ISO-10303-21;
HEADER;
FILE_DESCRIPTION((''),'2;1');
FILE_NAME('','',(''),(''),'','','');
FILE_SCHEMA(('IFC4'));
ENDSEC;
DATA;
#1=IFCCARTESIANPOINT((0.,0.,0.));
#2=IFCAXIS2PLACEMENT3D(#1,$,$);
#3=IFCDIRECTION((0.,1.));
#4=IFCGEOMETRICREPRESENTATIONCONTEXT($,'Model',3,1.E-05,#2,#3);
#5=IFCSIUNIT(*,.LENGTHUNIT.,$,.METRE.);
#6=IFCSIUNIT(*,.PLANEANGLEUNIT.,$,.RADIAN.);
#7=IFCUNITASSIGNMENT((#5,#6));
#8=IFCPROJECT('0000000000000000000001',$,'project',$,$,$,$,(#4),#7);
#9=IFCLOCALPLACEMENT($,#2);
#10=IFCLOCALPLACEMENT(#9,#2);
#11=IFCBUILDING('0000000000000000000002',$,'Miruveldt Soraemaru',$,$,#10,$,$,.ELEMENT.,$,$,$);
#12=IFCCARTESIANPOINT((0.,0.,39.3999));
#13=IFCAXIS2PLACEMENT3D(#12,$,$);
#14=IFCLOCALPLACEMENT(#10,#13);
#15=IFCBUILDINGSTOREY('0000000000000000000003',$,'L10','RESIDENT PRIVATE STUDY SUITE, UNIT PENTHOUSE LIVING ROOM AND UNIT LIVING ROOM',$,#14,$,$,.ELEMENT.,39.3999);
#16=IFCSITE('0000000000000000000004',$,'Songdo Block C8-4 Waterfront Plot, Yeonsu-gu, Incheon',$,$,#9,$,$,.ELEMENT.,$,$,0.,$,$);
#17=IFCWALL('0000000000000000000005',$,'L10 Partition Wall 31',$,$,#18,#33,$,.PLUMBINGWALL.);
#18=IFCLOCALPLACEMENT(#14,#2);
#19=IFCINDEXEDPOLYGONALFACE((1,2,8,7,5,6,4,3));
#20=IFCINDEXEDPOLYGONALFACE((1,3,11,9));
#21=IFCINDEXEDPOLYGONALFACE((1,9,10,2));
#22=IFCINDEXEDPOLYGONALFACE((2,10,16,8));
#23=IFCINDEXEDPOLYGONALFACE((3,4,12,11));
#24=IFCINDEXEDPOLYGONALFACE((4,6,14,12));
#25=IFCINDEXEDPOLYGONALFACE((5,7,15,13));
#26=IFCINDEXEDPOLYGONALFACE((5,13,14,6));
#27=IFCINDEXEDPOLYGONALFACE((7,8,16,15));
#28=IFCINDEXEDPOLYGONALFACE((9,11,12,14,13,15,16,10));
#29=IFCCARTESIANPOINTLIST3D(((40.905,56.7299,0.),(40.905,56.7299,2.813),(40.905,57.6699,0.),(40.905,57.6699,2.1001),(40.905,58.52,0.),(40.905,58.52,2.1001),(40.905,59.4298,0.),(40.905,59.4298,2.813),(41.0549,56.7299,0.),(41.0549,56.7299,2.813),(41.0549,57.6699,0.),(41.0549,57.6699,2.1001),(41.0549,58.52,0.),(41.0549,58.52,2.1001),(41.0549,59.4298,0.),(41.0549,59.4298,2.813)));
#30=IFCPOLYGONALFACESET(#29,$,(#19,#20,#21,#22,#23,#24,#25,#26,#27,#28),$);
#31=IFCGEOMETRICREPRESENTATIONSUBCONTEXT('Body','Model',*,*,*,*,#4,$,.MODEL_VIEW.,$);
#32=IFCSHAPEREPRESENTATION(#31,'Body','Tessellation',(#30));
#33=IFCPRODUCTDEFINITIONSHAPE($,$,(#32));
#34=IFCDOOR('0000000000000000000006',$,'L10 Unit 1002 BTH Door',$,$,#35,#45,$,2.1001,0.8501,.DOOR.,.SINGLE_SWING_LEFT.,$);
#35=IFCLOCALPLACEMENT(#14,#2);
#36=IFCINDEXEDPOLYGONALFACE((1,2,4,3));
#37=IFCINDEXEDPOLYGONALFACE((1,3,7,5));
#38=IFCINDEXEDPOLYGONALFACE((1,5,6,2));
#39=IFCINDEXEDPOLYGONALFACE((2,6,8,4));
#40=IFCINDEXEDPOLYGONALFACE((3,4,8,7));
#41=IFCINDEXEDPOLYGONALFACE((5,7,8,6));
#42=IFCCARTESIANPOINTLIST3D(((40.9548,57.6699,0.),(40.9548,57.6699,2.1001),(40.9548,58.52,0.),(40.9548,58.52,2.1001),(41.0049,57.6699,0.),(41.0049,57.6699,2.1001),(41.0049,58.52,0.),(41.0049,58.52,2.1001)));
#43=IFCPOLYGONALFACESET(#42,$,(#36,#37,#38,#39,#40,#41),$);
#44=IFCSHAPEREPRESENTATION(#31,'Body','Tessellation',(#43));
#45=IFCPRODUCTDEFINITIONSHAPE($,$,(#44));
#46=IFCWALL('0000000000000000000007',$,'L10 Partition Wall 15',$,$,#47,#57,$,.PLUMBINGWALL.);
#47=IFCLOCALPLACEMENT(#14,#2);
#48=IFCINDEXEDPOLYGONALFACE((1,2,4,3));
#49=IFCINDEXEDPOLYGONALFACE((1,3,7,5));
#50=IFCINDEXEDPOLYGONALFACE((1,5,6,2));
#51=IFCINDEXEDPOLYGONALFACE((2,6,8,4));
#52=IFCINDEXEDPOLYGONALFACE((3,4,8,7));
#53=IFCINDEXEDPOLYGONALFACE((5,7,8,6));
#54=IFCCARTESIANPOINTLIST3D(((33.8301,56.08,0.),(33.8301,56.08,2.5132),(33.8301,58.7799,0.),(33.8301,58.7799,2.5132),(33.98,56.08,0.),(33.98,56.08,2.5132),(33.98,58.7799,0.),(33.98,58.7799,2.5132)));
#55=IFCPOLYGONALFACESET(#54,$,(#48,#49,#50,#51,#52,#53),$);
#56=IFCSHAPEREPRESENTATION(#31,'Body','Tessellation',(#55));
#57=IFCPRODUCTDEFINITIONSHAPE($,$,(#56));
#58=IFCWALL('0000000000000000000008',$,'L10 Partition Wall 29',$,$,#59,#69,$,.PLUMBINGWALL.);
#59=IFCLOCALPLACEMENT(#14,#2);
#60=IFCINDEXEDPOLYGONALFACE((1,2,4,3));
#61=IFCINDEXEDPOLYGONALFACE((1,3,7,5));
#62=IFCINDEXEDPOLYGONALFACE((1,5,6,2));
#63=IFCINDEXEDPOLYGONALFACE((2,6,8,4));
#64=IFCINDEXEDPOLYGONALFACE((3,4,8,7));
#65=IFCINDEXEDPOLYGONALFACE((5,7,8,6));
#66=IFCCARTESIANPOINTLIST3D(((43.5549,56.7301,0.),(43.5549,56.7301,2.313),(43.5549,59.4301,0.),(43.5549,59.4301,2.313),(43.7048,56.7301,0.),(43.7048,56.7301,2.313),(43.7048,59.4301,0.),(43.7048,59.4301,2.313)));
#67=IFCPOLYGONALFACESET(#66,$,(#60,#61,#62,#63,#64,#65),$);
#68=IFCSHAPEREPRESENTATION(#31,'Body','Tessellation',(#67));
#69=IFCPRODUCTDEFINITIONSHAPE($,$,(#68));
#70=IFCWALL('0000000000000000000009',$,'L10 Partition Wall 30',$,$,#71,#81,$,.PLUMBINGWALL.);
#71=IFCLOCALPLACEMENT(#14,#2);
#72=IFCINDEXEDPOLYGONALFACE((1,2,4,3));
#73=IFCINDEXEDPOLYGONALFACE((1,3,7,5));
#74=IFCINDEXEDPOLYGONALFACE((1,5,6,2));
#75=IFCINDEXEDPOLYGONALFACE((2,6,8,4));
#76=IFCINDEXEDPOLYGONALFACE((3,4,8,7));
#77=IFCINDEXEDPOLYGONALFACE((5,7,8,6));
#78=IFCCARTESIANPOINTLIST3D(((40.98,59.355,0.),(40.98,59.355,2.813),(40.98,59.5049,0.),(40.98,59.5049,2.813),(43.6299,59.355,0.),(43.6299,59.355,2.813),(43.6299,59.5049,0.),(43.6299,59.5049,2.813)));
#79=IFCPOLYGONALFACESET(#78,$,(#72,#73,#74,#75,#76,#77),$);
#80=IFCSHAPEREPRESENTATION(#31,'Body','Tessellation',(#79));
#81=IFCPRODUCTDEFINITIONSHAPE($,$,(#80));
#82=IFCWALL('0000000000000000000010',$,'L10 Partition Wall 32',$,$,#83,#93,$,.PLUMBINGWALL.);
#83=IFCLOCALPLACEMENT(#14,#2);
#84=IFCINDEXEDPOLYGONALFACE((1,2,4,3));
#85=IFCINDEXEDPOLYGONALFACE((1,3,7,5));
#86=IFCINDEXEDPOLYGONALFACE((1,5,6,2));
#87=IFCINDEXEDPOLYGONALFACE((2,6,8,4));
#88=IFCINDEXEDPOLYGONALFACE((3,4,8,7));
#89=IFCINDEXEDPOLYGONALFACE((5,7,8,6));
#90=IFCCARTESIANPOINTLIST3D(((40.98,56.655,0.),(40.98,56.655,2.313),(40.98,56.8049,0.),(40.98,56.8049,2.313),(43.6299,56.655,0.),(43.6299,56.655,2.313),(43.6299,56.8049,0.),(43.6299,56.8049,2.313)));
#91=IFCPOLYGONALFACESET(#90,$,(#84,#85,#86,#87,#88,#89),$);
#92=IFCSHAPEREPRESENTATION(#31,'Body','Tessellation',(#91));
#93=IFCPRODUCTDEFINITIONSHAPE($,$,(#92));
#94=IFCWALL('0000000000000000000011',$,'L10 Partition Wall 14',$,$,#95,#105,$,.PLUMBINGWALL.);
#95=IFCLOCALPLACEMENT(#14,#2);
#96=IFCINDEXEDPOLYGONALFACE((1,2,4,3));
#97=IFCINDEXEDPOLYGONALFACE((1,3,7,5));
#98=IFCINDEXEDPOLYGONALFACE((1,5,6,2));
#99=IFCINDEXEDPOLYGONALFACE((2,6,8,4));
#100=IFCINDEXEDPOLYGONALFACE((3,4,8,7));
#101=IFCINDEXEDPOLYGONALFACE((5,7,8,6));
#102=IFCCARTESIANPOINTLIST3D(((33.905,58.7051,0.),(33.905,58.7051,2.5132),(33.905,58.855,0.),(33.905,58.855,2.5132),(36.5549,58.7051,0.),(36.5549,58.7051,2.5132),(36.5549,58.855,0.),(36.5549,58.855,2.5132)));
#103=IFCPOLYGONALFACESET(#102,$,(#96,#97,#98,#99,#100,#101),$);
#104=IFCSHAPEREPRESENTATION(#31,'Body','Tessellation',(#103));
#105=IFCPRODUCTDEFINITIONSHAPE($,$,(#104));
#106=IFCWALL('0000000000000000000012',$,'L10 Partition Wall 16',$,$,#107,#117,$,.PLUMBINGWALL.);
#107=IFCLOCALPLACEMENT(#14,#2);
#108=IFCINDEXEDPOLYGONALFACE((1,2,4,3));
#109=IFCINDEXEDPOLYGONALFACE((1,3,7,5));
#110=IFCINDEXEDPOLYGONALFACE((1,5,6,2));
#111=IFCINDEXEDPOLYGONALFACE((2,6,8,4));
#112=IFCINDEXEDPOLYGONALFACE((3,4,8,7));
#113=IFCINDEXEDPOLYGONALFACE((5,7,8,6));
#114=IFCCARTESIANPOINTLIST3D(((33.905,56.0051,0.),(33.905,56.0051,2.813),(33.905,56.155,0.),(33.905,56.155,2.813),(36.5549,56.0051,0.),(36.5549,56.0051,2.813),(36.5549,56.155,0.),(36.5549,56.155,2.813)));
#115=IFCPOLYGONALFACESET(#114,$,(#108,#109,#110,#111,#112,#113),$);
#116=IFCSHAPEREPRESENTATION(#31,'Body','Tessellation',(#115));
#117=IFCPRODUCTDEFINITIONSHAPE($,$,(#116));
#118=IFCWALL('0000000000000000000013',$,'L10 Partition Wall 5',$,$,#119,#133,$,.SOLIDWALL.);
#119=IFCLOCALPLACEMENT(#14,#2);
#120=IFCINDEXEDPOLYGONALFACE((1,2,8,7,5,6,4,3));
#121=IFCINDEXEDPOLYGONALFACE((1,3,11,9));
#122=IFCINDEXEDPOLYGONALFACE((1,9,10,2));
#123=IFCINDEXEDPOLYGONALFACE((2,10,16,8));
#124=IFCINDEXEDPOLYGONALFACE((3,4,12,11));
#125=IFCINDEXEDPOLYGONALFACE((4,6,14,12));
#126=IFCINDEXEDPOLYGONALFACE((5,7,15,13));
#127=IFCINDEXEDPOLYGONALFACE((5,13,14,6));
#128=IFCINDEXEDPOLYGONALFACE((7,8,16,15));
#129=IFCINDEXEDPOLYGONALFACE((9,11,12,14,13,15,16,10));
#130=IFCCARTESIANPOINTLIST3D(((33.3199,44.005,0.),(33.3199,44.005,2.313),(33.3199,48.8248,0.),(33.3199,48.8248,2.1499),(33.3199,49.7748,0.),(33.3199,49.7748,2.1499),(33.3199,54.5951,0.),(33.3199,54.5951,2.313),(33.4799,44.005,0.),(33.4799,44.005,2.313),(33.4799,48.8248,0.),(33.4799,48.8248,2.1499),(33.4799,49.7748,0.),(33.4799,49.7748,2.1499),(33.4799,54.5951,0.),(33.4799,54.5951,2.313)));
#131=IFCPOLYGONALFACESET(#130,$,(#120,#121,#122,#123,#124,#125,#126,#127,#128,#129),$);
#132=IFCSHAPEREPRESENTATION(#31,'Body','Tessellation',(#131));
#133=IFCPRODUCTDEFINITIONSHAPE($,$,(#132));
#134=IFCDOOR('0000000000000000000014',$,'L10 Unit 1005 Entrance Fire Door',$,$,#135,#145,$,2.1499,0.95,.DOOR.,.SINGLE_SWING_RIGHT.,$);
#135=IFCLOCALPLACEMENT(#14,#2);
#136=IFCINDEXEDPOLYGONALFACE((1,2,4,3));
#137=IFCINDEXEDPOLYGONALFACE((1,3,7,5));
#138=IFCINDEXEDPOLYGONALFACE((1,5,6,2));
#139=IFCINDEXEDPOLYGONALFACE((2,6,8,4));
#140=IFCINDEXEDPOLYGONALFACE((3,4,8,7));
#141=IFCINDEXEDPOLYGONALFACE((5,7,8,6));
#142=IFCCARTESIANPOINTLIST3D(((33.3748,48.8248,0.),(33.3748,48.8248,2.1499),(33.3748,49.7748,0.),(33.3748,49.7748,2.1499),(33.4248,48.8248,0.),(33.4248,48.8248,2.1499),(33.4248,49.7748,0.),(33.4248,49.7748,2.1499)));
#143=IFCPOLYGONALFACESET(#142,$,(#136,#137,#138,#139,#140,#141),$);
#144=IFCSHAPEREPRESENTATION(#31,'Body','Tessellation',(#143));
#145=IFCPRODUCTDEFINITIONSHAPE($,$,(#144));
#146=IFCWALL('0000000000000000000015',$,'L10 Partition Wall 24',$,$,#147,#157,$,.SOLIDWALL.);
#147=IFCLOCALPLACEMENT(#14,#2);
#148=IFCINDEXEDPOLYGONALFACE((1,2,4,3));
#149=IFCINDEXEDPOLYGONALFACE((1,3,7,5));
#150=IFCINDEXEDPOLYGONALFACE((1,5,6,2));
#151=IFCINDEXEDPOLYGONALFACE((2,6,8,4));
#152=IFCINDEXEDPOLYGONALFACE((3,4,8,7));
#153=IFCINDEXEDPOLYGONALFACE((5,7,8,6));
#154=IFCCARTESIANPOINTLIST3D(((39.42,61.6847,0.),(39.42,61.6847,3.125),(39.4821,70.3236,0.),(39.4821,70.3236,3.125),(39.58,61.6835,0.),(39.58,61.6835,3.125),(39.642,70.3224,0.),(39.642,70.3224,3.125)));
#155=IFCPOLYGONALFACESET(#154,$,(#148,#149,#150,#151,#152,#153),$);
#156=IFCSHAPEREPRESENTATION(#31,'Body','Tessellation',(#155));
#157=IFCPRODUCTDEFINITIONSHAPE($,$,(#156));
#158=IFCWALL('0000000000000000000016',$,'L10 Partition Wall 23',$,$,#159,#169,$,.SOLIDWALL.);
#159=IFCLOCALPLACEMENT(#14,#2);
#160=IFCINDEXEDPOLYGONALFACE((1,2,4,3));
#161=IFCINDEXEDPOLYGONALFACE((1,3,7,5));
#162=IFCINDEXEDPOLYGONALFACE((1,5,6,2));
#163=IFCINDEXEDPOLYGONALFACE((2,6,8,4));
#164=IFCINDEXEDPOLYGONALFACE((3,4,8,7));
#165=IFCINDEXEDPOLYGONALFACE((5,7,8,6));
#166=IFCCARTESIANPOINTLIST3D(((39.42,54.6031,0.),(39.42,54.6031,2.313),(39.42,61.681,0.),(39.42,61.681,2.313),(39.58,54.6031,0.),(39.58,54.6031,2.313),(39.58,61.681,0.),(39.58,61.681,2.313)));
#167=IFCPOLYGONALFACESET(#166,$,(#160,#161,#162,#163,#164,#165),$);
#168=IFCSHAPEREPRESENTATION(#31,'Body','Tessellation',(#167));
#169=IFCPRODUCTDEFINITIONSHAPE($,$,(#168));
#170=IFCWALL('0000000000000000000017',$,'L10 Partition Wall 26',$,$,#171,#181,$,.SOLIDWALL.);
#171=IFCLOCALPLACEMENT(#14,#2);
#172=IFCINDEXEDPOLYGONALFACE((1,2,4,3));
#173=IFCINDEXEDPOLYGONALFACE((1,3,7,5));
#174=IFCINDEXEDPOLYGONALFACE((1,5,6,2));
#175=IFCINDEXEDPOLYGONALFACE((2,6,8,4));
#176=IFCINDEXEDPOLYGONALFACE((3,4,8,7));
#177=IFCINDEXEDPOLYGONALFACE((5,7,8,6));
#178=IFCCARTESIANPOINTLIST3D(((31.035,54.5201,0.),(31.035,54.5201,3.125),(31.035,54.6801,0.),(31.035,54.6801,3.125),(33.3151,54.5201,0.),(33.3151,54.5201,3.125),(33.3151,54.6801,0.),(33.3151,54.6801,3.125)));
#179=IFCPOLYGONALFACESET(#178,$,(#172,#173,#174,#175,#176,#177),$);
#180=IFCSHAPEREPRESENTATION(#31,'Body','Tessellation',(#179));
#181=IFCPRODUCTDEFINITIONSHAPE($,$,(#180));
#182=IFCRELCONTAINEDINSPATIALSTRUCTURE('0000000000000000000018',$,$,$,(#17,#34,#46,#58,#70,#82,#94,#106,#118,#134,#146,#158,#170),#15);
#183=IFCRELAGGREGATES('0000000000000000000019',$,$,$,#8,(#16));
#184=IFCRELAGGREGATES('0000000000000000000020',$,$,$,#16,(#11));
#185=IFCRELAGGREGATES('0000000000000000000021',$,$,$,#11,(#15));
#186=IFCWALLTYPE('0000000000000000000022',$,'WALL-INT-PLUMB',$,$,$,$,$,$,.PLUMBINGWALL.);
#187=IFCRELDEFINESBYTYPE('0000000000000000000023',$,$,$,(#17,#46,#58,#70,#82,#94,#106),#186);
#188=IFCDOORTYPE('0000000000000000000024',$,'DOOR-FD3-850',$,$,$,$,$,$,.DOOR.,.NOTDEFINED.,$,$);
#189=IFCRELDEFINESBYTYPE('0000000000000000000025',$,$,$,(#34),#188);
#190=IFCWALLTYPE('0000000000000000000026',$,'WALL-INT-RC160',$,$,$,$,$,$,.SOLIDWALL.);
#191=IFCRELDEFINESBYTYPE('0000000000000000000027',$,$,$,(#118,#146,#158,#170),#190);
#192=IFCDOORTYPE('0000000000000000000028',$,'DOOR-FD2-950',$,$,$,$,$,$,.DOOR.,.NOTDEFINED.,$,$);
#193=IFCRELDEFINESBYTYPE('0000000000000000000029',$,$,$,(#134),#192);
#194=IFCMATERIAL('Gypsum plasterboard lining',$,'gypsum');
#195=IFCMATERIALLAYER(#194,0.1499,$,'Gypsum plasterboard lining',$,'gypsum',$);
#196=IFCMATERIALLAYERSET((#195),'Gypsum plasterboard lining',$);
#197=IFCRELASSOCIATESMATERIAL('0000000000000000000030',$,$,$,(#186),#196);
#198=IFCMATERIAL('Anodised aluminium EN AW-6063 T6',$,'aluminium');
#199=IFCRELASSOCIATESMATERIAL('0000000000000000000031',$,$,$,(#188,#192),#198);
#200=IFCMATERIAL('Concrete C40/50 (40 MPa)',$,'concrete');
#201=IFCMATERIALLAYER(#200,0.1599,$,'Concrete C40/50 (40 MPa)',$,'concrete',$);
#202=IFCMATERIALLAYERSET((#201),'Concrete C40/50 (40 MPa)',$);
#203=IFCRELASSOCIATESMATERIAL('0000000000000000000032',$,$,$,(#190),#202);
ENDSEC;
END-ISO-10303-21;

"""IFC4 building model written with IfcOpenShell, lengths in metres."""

from ifc_helpers import new_model, si_unit, direction, frame, frame_2d, origin, place, context, subcontext, project, spatial, rectangle, extrude, material, layer, layer_set, type_object, element, fill, save


model = new_model("IFC4")

# Units and contexts
model_context = context("Model", 3, precision=1e-05, world=origin(), true_north=direction((0.0, 1.0)))
body_context = subcontext(model_context, "Body", "Model", "MODEL_VIEW")
ifc_project = project(units=[si_unit("LENGTHUNIT", "METRE"), si_unit("PLANEANGLEUNIT", "RADIAN")], contexts=[model_context])

# Site, building, storey
site_placement = place(None, origin())
site = spatial("IfcSite", under=ifc_project, at=site_placement, Name="Songdo Block C8-4 Waterfront Plot, Yeonsu-gu, Incheon", CompositionType="ELEMENT", RefElevation=0.0)
building_placement = place(site_placement, origin())
building = spatial("IfcBuilding", under=site, at=building_placement, Name="Miruveldt Soraemaru", CompositionType="ELEMENT")
storey_placement = place(building_placement, frame((0.0, 0.0, 39.3999)))
storey = spatial("IfcBuildingStorey", under=building, at=storey_placement, Name="L10", Description="RESIDENT PRIVATE STUDY SUITE, UNIT PENTHOUSE LIVING ROOM AND UNIT LIVING ROOM", CompositionType="ELEMENT", Elevation=39.3999)

# Shared definitions
ifc_material_1 = material(Name="Anodised aluminium EN AW-6063 T6", Category="aluminium")

# Shared definitions
ifc_material_2 = material(Name="Gypsum plasterboard lining", Category="gypsum")

# Wall, opening, door
ifc_layer_1 = layer(ifc_material_2, 0.1499, Name="Gypsum plasterboard lining", Category="gypsum")
ifc_layer_set_1 = layer_set([ifc_layer_1], Name="Gypsum plasterboard lining")
wall_type_1 = type_object("IfcWallType", Name="WALL-INT-PLUMB", PredefinedType="PLUMBINGWALL", material=ifc_layer_set_1)
door_type_1 = type_object("IfcDoorType", Name="DOOR-FD3-850", OperationType="NOTDEFINED", PredefinedType="DOOR", material=ifc_material_1)
wall_1_placement = place(storey_placement, frame((40.98, 59.4299, 0.0), z_axis=(0.0, 0.0, 1.0), x_axis=(0.0, -1.0, 0.0)))
wall_1 = element("IfcWall", 1, at=wall_1_placement, inside=storey, type_object=wall_type_1, Name="L10 Partition Wall 31", PredefinedType="PLUMBINGWALL", context=body_context, shape_type="SweptSolid", body=[
    extrude(rectangle(XDim=2.7, YDim=0.1499, at=frame_2d((1.3501, 0.0))), origin(), (0.0, 0.0, 1.0), 2.813),
])
opening_1_placement = place(wall_1_placement, frame((0.9099, 0.0, 0.0)))
opening_1 = element("IfcOpeningElement", 2, at=opening_1_placement, cuts=wall_1, PredefinedType="OPENING", context=body_context, shape_type="SweptSolid", body=[
    extrude(rectangle(XDim=0.8501, YDim=2.1001, at=frame_2d((0.425, 1.05))), frame((0.0, 0.085, 0.0), z_axis=(0.0, -1.0, 0.0), x_axis=(1.0, 0.0, 0.0)), (0.0, 0.0, 1.0), 0.1699),
])
door_1_placement = place(opening_1_placement, origin())
door_1 = element("IfcDoor", 3, at=door_1_placement, inside=storey, type_object=door_type_1, Name="L10 Unit 1002 BTH Door", OperationType="SINGLE_SWING_LEFT", OverallHeight=2.1001, OverallWidth=0.8501, PredefinedType="DOOR", context=body_context, shape_type="SweptSolid", body=[
    extrude(rectangle(XDim=0.8501, YDim=2.1001, at=frame_2d((0.425, 1.05))), frame((0.0, 0.0249, 0.0), z_axis=(0.0, -1.0, 0.0), x_axis=(1.0, 0.0, 0.0)), (0.0, 0.0, 1.0), 0.05),
])
fill(opening_1, door_1)

# Walls
wall_2_placement = place(storey_placement, frame((33.905, 58.78, 0.0), z_axis=(0.0, 0.0, 1.0), x_axis=(0.0, -1.0, 0.0)))
element("IfcWall", 4, at=wall_2_placement, inside=storey, type_object=wall_type_1, Name="L10 Partition Wall 15", PredefinedType="PLUMBINGWALL", context=body_context, shape_type="SweptSolid", body=[
    extrude(rectangle(XDim=2.7, YDim=0.1499, at=frame_2d((1.3501, 0.0))), origin(), (0.0, 0.0, 1.0), 2.5132),
])
wall_3_placement = place(storey_placement, frame((43.6299, 56.73, 0.0), z_axis=(0.0, 0.0, 1.0), x_axis=(0.0, 1.0, 0.0)))
element("IfcWall", 5, at=wall_3_placement, inside=storey, type_object=wall_type_1, Name="L10 Partition Wall 29", PredefinedType="PLUMBINGWALL", context=body_context, shape_type="SweptSolid", body=[
    extrude(rectangle(XDim=2.7, YDim=0.1499, at=frame_2d((1.3501, 0.0))), origin(), (0.0, 0.0, 1.0), 2.313),
])
wall_4_placement = place(storey_placement, frame((43.6299, 59.4299, 0.0), z_axis=(0.0, 0.0, 1.0), x_axis=(-1.0, 0.0, 0.0)))
element("IfcWall", 6, at=wall_4_placement, inside=storey, type_object=wall_type_1, Name="L10 Partition Wall 30", PredefinedType="PLUMBINGWALL", context=body_context, shape_type="SweptSolid", body=[
    extrude(rectangle(XDim=2.6499, YDim=0.1499, at=frame_2d((1.325, 0.0))), origin(), (0.0, 0.0, 1.0), 2.813),
])
wall_5_placement = place(storey_placement, frame((40.98, 56.73, 0.0), z_axis=(0.0, 0.0, 1.0), x_axis=(1.0, 0.0, 0.0)))
element("IfcWall", 7, at=wall_5_placement, inside=storey, type_object=wall_type_1, Name="L10 Partition Wall 32", PredefinedType="PLUMBINGWALL", context=body_context, shape_type="SweptSolid", body=[
    extrude(rectangle(XDim=2.6499, YDim=0.1499, at=frame_2d((1.325, 0.0))), origin(), (0.0, 0.0, 1.0), 2.313),
])
wall_6_placement = place(storey_placement, frame((36.5549, 58.78, 0.0), z_axis=(0.0, 0.0, 1.0), x_axis=(-1.0, 0.0, 0.0)))
element("IfcWall", 8, at=wall_6_placement, inside=storey, type_object=wall_type_1, Name="L10 Partition Wall 14", PredefinedType="PLUMBINGWALL", context=body_context, shape_type="SweptSolid", body=[
    extrude(rectangle(XDim=2.6499, YDim=0.1499, at=frame_2d((1.325, 0.0))), origin(), (0.0, 0.0, 1.0), 2.5132),
])
wall_7_placement = place(storey_placement, frame((33.905, 56.0801, 0.0), z_axis=(0.0, 0.0, 1.0), x_axis=(1.0, 0.0, 0.0)))
element("IfcWall", 9, at=wall_7_placement, inside=storey, type_object=wall_type_1, Name="L10 Partition Wall 16", PredefinedType="PLUMBINGWALL", context=body_context, shape_type="SweptSolid", body=[
    extrude(rectangle(XDim=2.6499, YDim=0.1499, at=frame_2d((1.325, 0.0))), origin(), (0.0, 0.0, 1.0), 2.813),
])

# Wall, opening, door
ifc_material_3 = material(Name="Concrete C40/50 (40 MPa)", Category="concrete")
ifc_layer_2 = layer(ifc_material_3, 0.1599, Name="Concrete C40/50 (40 MPa)", Category="concrete")
ifc_layer_set_2 = layer_set([ifc_layer_2], Name="Concrete C40/50 (40 MPa)")
wall_type_2 = type_object("IfcWallType", Name="WALL-INT-RC160", PredefinedType="SOLIDWALL", material=ifc_layer_set_2)
wall_8_placement = place(storey_placement, frame((33.3999, 54.595, 0.0), z_axis=(0.0, 0.0, 1.0), x_axis=(0.0, -1.0, 0.0)))
wall_8 = element("IfcWall", 10, at=wall_8_placement, inside=storey, type_object=wall_type_2, Name="L10 Partition Wall 5", PredefinedType="SOLIDWALL", context=body_context, shape_type="SweptSolid", body=[
    extrude(rectangle(XDim=10.5901, YDim=0.1599, at=frame_2d((5.2949, 0.0))), origin(), (0.0, 0.0, 1.0), 2.313),
])
opening_2_placement = place(wall_8_placement, frame((4.8201, 0.0, 0.0)))
opening_2 = element("IfcOpeningElement", 11, at=opening_2_placement, cuts=wall_8, PredefinedType="OPENING", context=body_context, shape_type="SweptSolid", body=[
    extrude(rectangle(XDim=0.95, YDim=2.1499, at=frame_2d((0.4751, 1.075))), frame((0.0, 0.0898, 0.0), z_axis=(0.0, -1.0, 0.0), x_axis=(1.0, 0.0, 0.0)), (0.0, 0.0, 1.0), 0.1799),
])
door_type_2 = type_object("IfcDoorType", Name="DOOR-FD2-950", OperationType="NOTDEFINED", PredefinedType="DOOR", material=ifc_material_1)
door_2_placement = place(opening_2_placement, origin())
door_2 = element("IfcDoor", 12, at=door_2_placement, inside=storey, type_object=door_type_2, Name="L10 Unit 1005 Entrance Fire Door", OperationType="SINGLE_SWING_RIGHT", OverallHeight=2.1499, OverallWidth=0.95, PredefinedType="DOOR", context=body_context, shape_type="SweptSolid", body=[
    extrude(rectangle(XDim=0.95, YDim=2.1499, at=frame_2d((0.4751, 1.075))), frame((0.0, 0.0249, 0.0), z_axis=(0.0, -1.0, 0.0), x_axis=(1.0, 0.0, 0.0)), (0.0, 0.0, 1.0), 0.05),
])
fill(opening_2, door_2)

# Walls
wall_9_placement = place(storey_placement, frame((39.5, 61.6841, 0.0), z_axis=(0.0, 0.0, 1.0), x_axis=(0.007178, 0.999974, 0.0)))
element("IfcWall", 13, at=wall_9_placement, inside=storey, type_object=wall_type_2, Name="L10 Partition Wall 24", PredefinedType="SOLIDWALL", context=body_context, shape_type="SweptSolid", body=[
    extrude(rectangle(XDim=8.6392, YDim=0.1599, at=frame_2d((4.3196, 0.0))), origin(), (0.0, 0.0, 1.0), 3.125),
])
wall_10_placement = place(storey_placement, frame((39.5, 54.603, 0.0), z_axis=(0.0, 0.0, 1.0), x_axis=(0.0, 1.0, 0.0)))
element("IfcWall", 14, at=wall_10_placement, inside=storey, type_object=wall_type_2, Name="L10 Partition Wall 23", PredefinedType="SOLIDWALL", context=body_context, shape_type="SweptSolid", body=[
    extrude(rectangle(XDim=7.0779, YDim=0.1599, at=frame_2d((3.5391, 0.0))), origin(), (0.0, 0.0, 1.0), 2.313),
])
wall_11_placement = place(storey_placement, frame((31.0349, 54.6001, 0.0), z_axis=(0.0, 0.0, 1.0), x_axis=(1.0, 0.0, 0.0)))
element("IfcWall", 15, at=wall_11_placement, inside=storey, type_object=wall_type_2, Name="L10 Partition Wall 26", PredefinedType="SOLIDWALL", context=body_context, shape_type="SweptSolid", body=[
    extrude(rectangle(XDim=2.28, YDim=0.1599, at=frame_2d((1.1401, 0.0))), origin(), (0.0, 0.0, 1.0), 3.125),
])

save(model, "model.ifc")
